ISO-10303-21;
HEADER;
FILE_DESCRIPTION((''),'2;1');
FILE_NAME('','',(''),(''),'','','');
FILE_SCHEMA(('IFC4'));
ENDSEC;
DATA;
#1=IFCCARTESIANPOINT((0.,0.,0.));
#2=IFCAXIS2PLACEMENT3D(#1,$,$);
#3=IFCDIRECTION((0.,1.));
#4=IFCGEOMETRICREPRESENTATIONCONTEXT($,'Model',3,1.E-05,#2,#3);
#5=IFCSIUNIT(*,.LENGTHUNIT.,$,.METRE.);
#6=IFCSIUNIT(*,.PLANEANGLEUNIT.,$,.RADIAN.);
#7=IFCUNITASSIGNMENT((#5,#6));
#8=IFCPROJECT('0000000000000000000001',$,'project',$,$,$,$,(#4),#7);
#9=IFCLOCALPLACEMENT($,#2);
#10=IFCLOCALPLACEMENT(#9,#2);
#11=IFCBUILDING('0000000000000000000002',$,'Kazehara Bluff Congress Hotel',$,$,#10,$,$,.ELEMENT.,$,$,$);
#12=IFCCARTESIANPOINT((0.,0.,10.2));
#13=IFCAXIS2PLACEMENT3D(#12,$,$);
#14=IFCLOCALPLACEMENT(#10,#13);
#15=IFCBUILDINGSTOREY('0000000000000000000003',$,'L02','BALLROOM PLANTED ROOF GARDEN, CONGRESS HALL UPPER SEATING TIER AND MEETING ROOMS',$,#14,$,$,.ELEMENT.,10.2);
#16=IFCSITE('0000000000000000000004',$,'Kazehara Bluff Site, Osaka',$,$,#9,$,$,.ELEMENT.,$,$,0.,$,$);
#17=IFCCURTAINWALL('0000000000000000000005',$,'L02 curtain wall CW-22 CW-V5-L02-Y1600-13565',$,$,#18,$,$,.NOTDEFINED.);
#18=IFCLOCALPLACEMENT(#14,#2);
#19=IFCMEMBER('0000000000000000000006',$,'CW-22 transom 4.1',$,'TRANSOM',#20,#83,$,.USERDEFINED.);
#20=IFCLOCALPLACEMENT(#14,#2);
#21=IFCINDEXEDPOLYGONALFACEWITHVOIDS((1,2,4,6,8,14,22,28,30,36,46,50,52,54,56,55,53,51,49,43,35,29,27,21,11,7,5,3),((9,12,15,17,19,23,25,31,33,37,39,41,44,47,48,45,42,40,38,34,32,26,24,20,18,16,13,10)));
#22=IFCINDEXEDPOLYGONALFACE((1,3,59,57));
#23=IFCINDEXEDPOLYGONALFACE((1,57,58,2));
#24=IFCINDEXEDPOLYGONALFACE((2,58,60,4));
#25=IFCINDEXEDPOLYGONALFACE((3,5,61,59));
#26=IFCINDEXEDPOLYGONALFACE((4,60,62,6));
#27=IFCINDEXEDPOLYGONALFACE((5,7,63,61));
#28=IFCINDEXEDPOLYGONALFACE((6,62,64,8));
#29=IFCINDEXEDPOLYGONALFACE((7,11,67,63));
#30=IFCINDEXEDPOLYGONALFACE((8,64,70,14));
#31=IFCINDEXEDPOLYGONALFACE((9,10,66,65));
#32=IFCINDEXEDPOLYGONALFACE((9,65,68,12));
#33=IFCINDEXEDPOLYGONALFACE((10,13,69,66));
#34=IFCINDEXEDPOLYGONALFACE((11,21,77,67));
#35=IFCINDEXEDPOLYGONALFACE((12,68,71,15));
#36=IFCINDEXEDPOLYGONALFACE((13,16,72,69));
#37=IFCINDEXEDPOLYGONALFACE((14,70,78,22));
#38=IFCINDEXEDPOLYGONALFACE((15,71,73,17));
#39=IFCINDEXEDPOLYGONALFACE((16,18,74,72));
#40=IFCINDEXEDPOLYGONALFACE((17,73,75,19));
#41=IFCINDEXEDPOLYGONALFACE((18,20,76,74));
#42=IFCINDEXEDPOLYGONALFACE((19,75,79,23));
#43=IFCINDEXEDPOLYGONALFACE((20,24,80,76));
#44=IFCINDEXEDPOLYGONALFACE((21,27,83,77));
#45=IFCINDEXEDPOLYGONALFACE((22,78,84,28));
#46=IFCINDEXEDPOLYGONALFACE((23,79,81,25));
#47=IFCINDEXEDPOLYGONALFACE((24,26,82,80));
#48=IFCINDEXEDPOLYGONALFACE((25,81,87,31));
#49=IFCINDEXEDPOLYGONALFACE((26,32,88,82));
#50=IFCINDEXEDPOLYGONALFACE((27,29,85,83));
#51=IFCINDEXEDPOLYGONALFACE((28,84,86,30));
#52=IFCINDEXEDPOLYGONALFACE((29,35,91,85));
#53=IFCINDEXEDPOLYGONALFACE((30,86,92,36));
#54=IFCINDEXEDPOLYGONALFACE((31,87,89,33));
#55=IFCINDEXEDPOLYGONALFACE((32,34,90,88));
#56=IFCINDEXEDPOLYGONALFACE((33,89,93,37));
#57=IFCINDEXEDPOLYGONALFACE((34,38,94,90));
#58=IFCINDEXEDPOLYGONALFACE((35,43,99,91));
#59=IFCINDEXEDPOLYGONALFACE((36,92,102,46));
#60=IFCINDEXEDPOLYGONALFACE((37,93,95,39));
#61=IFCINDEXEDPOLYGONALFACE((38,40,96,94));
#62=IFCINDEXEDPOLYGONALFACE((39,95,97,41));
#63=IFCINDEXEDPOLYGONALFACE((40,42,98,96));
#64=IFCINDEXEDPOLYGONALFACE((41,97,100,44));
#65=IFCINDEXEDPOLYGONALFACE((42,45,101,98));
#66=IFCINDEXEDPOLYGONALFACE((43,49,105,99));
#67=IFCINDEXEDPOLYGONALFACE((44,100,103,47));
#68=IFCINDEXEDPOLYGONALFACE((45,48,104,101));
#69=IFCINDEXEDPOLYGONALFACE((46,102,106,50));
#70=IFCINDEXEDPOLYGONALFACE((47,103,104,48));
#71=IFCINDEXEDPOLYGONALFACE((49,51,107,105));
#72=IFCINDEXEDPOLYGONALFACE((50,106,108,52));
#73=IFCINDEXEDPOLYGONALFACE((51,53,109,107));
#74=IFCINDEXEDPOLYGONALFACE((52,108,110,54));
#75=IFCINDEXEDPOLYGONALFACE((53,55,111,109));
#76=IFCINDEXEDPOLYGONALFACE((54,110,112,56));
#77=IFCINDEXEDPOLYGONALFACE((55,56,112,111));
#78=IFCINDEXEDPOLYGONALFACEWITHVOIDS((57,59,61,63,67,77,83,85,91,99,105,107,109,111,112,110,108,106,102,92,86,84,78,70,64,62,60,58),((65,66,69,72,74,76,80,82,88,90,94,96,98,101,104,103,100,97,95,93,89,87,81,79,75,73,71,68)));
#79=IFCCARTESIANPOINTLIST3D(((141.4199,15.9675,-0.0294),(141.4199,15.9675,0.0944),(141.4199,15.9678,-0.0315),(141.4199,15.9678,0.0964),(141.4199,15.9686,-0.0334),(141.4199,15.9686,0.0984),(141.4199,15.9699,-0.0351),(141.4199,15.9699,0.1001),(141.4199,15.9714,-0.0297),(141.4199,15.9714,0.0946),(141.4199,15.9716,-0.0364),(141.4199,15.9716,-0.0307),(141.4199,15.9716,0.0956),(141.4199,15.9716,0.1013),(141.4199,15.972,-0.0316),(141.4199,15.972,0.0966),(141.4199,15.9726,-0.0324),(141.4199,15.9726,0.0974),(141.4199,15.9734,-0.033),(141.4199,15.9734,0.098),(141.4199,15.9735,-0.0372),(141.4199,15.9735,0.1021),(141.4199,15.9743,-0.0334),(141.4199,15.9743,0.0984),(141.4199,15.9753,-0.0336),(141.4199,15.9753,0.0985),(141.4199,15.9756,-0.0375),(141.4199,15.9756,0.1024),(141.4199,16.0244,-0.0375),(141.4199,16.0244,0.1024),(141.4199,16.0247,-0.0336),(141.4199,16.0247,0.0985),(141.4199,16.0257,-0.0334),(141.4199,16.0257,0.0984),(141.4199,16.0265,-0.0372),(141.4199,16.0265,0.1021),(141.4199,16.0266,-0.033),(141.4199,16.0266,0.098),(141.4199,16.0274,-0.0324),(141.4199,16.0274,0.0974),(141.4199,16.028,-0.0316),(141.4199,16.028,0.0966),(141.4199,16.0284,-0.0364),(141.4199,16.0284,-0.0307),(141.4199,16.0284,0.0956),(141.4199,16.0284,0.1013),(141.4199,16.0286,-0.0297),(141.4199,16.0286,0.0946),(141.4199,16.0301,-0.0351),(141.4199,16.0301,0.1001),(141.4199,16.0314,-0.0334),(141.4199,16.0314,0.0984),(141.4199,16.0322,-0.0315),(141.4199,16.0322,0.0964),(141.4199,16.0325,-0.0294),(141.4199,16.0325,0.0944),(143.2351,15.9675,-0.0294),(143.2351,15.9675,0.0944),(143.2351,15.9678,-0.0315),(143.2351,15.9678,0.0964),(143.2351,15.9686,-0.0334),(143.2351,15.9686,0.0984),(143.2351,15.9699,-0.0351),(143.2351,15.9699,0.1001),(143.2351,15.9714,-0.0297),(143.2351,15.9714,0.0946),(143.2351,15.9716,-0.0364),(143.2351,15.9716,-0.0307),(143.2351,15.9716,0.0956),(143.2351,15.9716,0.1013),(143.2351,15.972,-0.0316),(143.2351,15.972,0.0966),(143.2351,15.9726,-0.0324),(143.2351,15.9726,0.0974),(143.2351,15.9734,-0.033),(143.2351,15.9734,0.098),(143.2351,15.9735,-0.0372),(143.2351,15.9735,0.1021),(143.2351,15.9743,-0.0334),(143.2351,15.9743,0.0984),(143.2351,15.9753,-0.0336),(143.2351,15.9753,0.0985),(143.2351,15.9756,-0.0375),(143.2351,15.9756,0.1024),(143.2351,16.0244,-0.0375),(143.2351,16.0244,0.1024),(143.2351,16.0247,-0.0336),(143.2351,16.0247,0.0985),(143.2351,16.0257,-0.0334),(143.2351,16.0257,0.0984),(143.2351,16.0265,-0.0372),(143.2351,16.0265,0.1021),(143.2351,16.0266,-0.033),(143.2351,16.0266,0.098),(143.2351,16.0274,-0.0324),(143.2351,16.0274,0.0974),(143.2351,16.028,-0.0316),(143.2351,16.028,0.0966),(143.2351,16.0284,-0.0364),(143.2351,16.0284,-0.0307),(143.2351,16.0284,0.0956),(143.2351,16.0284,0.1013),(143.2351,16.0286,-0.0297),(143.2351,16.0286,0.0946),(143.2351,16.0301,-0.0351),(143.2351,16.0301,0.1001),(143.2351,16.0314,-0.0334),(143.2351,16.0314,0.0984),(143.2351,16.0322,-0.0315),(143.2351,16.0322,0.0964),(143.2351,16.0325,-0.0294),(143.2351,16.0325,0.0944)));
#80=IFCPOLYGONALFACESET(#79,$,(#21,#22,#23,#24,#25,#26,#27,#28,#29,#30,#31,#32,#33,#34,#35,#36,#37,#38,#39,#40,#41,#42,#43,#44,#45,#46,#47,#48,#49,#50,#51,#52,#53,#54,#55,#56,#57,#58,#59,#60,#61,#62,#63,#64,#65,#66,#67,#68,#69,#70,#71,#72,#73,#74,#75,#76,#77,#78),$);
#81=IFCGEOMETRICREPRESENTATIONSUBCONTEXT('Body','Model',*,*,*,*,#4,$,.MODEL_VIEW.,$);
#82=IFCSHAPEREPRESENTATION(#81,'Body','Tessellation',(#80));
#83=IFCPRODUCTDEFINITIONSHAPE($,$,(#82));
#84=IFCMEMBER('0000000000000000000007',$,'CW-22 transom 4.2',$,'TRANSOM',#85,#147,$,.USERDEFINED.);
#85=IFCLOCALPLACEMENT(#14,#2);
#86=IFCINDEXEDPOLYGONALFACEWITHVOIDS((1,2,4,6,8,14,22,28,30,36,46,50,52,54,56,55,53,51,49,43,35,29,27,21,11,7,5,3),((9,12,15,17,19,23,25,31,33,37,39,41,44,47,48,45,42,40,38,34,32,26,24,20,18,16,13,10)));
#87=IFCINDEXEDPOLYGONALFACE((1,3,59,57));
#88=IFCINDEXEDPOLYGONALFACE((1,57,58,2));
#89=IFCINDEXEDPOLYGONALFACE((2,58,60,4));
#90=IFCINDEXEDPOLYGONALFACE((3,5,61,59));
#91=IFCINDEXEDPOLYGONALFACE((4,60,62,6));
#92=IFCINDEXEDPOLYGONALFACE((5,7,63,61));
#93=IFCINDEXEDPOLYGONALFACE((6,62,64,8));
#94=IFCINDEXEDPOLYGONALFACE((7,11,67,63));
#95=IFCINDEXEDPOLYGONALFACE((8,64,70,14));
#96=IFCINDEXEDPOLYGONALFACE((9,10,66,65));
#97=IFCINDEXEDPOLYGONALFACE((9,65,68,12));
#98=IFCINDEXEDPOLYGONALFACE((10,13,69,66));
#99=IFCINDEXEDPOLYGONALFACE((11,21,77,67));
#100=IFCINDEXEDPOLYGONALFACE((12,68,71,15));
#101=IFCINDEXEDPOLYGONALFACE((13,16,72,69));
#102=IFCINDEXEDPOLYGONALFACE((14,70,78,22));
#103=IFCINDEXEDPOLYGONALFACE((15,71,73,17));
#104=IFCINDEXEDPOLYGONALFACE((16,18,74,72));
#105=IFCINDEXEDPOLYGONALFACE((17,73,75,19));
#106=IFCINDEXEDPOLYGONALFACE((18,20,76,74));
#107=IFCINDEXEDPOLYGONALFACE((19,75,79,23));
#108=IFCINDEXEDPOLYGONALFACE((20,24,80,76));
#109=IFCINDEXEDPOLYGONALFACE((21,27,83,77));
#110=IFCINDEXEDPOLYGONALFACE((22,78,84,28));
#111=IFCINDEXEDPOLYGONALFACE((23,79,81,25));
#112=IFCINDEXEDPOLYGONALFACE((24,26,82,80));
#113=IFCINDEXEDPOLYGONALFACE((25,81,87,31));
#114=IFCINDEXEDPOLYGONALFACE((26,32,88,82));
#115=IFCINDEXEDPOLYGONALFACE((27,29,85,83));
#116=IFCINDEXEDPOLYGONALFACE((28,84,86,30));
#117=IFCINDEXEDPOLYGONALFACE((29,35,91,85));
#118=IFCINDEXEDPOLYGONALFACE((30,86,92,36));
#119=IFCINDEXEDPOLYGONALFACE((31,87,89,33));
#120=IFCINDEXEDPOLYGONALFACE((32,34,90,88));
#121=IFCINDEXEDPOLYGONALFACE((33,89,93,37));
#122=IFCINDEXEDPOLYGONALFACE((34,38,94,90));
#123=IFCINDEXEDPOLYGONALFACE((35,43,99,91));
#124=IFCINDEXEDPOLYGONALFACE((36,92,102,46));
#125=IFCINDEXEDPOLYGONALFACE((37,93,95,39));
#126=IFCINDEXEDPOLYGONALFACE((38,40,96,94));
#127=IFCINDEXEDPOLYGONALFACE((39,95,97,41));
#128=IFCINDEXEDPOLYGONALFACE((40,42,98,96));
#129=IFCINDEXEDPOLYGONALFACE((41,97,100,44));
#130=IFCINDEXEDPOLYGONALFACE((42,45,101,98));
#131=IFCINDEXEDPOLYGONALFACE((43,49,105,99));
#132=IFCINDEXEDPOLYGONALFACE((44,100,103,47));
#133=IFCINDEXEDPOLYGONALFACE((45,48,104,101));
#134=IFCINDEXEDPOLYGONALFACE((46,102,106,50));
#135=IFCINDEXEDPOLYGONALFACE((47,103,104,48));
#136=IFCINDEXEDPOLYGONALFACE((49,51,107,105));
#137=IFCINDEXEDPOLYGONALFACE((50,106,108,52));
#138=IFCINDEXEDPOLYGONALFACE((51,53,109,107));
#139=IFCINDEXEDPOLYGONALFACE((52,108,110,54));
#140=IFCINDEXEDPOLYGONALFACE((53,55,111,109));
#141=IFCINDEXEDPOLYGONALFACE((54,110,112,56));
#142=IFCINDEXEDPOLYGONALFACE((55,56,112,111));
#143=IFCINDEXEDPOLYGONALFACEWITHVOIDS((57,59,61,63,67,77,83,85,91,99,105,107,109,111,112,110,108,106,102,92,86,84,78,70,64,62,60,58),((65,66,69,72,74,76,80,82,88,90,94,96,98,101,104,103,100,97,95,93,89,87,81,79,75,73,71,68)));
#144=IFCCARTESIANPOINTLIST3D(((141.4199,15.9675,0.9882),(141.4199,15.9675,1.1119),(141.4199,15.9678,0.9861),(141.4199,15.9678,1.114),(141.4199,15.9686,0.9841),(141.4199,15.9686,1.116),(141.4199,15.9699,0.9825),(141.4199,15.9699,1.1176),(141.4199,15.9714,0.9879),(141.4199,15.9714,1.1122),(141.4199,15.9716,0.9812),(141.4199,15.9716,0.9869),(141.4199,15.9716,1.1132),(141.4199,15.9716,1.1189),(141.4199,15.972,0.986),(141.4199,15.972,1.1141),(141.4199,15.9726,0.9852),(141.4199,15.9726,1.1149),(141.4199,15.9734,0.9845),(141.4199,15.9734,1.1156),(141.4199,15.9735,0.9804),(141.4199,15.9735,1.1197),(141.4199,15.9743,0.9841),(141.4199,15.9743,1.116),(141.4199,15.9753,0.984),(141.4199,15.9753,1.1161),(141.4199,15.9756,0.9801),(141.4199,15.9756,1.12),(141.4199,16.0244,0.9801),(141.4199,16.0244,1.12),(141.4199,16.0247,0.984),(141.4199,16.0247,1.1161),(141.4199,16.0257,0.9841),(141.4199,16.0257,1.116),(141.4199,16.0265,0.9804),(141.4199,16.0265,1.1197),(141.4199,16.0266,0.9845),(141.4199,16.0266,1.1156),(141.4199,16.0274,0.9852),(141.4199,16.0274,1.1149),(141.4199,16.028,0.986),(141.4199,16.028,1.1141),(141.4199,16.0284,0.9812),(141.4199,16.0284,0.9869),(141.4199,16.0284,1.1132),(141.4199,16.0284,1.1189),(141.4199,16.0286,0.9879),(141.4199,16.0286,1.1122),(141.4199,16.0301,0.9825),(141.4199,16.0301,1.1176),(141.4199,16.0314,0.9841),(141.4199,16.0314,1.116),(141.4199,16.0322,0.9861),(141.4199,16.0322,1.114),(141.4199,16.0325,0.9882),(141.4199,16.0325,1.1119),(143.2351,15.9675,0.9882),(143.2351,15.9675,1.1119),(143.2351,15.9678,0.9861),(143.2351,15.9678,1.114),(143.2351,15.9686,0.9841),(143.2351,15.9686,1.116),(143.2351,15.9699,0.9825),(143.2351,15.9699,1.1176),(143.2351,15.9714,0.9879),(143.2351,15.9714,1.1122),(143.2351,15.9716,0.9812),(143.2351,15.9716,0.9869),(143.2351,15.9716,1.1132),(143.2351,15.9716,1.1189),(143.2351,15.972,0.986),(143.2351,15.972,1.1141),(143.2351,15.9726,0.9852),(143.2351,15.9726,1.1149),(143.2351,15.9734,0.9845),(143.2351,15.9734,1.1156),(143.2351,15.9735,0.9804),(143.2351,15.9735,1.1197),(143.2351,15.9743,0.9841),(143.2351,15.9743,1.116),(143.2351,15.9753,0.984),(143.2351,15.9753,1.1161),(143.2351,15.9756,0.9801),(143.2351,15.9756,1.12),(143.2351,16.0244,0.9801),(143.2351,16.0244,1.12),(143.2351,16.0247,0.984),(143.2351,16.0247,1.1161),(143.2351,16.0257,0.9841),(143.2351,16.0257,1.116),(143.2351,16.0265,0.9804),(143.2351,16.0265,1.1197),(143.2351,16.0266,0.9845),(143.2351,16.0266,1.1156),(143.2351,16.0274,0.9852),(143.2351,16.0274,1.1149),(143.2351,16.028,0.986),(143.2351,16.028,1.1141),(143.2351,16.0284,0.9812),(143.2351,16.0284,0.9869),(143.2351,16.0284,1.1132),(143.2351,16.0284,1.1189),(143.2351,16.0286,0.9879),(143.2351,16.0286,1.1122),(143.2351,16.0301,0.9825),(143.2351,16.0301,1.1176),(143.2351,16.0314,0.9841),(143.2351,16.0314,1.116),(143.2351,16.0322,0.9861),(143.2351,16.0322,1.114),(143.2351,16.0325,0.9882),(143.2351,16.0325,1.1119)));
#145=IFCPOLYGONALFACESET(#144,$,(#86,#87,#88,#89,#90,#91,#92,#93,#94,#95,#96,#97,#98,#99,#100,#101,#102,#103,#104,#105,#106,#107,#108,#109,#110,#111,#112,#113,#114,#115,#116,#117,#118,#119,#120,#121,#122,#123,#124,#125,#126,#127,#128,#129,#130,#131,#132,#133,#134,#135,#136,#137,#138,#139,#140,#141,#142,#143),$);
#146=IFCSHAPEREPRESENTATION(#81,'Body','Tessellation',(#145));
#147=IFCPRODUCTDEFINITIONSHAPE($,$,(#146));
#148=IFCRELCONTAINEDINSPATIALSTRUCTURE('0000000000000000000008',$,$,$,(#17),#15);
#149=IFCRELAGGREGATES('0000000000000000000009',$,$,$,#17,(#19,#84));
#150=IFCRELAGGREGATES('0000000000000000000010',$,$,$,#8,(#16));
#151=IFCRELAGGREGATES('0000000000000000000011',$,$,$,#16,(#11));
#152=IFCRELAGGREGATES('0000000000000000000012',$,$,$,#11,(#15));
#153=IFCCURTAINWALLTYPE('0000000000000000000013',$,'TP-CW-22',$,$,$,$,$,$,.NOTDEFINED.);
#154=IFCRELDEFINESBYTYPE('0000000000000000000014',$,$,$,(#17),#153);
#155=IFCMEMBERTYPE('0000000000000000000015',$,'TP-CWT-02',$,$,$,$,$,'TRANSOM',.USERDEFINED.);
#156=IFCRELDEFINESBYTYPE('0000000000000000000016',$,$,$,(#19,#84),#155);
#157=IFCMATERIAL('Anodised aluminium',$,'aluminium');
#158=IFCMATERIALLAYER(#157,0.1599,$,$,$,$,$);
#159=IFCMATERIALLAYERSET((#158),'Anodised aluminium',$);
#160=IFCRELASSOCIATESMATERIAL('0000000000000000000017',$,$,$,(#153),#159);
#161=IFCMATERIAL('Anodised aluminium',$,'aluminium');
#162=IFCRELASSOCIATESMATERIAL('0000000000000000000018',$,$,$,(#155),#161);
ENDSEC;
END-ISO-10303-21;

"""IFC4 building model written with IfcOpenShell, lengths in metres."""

from ifc_helpers import new_model, si_unit, direction, frame, origin, origin_2d, place, context, subcontext, project, spatial, hollow_rectangle, extrude, material, layer, layer_set, material_profile, profile_set, type_object, element, aggregate, save


model = new_model("IFC4")

# Units and contexts
model_context = context("Model", 3, precision=1e-05, world=origin(), true_north=direction((0.0, 1.0)))
body_context = subcontext(model_context, "Body", "Model", "MODEL_VIEW")
ifc_project = project(units=[si_unit("LENGTHUNIT", "METRE"), si_unit("PLANEANGLEUNIT", "RADIAN")], contexts=[model_context])

# Site, building, storey
site_placement = place(None, origin())
site = spatial("IfcSite", under=ifc_project, at=site_placement, Name="Kazehara Bluff Site, Osaka", CompositionType="ELEMENT", RefElevation=0.0)
building_placement = place(site_placement, origin())
building = spatial("IfcBuilding", under=site, at=building_placement, Name="Kazehara Bluff Congress Hotel", CompositionType="ELEMENT")
storey_placement = place(building_placement, frame((0.0, 0.0, 10.2)))
storey = spatial("IfcBuildingStorey", under=building, at=storey_placement, Name="L02", Description="BALLROOM PLANTED ROOF GARDEN, CONGRESS HALL UPPER SEATING TIER AND MEETING ROOMS", CompositionType="ELEMENT", Elevation=10.2)

# Curtain wall, members
ifc_material_1 = material(Name="Anodised aluminium", Category="aluminium")
ifc_layer_1 = layer(ifc_material_1, 0.1599)
ifc_layer_set_1 = layer_set([ifc_layer_1], Name="Anodised aluminium")
curtain_wall_type = type_object("IfcCurtainWallType", Name="TP-CW-22", PredefinedType="NOTDEFINED", material=ifc_layer_set_1)
curtain_wall_placement = place(storey_placement, origin())
curtain_wall = element("IfcCurtainWall", 1, at=curtain_wall_placement, inside=storey, type_object=curtain_wall_type, Name="L02 curtain wall CW-22 CW-V5-L02-Y1600-13565", PredefinedType="NOTDEFINED")
ifc_material_2 = material(Name="Anodised aluminium", Category="aluminium")
ifc_material_profile_1 = material_profile(ifc_material_2, hollow_rectangle(XDim=0.0649, YDim=0.1399, WallThickness=0.0039, InnerFilletRadius=0.0039, OuterFilletRadius=0.0081, at=origin_2d()))
ifc_profile_set_1 = profile_set([ifc_material_profile_1], Name="Anodised aluminium")
member_type_1 = type_object("IfcMemberType", Name="TP-CWT-02", ElementType="TRANSOM", PredefinedType="USERDEFINED", material=ifc_profile_set_1)
member_1_placement = place(storey_placement, frame((141.4199, 16.0, 0.0325), z_axis=(1.0, 0.0, 0.0), x_axis=(0.0, 1.0, 0.0)))
member_1 = element("IfcMember", 2, at=member_1_placement, type_object=member_type_1, Name="CW-22 transom 4.1", ObjectType="TRANSOM", PredefinedType="USERDEFINED", context=body_context, shape_type="SweptSolid", body=[
    extrude(hollow_rectangle(XDim=0.0649, YDim=0.1399, WallThickness=0.0039, InnerFilletRadius=0.0039, OuterFilletRadius=0.0081, at=origin_2d()), origin(), (0.0, 0.0, 1.0), 1.8152),
])
member_2_placement = place(storey_placement, frame((141.4199, 16.0, 1.05), z_axis=(1.0, 0.0, 0.0), x_axis=(0.0, 1.0, 0.0)))
member_2 = element("IfcMember", 3, at=member_2_placement, type_object=member_type_1, Name="CW-22 transom 4.2", ObjectType="TRANSOM", PredefinedType="USERDEFINED", context=body_context, shape_type="SweptSolid", body=[
    extrude(hollow_rectangle(XDim=0.0649, YDim=0.1399, WallThickness=0.0039, InnerFilletRadius=0.0039, OuterFilletRadius=0.0081, at=origin_2d()), origin(), (0.0, 0.0, 1.0), 1.8152),
])
aggregate(curtain_wall, [member_1, member_2])

save(model, "model.ifc")
